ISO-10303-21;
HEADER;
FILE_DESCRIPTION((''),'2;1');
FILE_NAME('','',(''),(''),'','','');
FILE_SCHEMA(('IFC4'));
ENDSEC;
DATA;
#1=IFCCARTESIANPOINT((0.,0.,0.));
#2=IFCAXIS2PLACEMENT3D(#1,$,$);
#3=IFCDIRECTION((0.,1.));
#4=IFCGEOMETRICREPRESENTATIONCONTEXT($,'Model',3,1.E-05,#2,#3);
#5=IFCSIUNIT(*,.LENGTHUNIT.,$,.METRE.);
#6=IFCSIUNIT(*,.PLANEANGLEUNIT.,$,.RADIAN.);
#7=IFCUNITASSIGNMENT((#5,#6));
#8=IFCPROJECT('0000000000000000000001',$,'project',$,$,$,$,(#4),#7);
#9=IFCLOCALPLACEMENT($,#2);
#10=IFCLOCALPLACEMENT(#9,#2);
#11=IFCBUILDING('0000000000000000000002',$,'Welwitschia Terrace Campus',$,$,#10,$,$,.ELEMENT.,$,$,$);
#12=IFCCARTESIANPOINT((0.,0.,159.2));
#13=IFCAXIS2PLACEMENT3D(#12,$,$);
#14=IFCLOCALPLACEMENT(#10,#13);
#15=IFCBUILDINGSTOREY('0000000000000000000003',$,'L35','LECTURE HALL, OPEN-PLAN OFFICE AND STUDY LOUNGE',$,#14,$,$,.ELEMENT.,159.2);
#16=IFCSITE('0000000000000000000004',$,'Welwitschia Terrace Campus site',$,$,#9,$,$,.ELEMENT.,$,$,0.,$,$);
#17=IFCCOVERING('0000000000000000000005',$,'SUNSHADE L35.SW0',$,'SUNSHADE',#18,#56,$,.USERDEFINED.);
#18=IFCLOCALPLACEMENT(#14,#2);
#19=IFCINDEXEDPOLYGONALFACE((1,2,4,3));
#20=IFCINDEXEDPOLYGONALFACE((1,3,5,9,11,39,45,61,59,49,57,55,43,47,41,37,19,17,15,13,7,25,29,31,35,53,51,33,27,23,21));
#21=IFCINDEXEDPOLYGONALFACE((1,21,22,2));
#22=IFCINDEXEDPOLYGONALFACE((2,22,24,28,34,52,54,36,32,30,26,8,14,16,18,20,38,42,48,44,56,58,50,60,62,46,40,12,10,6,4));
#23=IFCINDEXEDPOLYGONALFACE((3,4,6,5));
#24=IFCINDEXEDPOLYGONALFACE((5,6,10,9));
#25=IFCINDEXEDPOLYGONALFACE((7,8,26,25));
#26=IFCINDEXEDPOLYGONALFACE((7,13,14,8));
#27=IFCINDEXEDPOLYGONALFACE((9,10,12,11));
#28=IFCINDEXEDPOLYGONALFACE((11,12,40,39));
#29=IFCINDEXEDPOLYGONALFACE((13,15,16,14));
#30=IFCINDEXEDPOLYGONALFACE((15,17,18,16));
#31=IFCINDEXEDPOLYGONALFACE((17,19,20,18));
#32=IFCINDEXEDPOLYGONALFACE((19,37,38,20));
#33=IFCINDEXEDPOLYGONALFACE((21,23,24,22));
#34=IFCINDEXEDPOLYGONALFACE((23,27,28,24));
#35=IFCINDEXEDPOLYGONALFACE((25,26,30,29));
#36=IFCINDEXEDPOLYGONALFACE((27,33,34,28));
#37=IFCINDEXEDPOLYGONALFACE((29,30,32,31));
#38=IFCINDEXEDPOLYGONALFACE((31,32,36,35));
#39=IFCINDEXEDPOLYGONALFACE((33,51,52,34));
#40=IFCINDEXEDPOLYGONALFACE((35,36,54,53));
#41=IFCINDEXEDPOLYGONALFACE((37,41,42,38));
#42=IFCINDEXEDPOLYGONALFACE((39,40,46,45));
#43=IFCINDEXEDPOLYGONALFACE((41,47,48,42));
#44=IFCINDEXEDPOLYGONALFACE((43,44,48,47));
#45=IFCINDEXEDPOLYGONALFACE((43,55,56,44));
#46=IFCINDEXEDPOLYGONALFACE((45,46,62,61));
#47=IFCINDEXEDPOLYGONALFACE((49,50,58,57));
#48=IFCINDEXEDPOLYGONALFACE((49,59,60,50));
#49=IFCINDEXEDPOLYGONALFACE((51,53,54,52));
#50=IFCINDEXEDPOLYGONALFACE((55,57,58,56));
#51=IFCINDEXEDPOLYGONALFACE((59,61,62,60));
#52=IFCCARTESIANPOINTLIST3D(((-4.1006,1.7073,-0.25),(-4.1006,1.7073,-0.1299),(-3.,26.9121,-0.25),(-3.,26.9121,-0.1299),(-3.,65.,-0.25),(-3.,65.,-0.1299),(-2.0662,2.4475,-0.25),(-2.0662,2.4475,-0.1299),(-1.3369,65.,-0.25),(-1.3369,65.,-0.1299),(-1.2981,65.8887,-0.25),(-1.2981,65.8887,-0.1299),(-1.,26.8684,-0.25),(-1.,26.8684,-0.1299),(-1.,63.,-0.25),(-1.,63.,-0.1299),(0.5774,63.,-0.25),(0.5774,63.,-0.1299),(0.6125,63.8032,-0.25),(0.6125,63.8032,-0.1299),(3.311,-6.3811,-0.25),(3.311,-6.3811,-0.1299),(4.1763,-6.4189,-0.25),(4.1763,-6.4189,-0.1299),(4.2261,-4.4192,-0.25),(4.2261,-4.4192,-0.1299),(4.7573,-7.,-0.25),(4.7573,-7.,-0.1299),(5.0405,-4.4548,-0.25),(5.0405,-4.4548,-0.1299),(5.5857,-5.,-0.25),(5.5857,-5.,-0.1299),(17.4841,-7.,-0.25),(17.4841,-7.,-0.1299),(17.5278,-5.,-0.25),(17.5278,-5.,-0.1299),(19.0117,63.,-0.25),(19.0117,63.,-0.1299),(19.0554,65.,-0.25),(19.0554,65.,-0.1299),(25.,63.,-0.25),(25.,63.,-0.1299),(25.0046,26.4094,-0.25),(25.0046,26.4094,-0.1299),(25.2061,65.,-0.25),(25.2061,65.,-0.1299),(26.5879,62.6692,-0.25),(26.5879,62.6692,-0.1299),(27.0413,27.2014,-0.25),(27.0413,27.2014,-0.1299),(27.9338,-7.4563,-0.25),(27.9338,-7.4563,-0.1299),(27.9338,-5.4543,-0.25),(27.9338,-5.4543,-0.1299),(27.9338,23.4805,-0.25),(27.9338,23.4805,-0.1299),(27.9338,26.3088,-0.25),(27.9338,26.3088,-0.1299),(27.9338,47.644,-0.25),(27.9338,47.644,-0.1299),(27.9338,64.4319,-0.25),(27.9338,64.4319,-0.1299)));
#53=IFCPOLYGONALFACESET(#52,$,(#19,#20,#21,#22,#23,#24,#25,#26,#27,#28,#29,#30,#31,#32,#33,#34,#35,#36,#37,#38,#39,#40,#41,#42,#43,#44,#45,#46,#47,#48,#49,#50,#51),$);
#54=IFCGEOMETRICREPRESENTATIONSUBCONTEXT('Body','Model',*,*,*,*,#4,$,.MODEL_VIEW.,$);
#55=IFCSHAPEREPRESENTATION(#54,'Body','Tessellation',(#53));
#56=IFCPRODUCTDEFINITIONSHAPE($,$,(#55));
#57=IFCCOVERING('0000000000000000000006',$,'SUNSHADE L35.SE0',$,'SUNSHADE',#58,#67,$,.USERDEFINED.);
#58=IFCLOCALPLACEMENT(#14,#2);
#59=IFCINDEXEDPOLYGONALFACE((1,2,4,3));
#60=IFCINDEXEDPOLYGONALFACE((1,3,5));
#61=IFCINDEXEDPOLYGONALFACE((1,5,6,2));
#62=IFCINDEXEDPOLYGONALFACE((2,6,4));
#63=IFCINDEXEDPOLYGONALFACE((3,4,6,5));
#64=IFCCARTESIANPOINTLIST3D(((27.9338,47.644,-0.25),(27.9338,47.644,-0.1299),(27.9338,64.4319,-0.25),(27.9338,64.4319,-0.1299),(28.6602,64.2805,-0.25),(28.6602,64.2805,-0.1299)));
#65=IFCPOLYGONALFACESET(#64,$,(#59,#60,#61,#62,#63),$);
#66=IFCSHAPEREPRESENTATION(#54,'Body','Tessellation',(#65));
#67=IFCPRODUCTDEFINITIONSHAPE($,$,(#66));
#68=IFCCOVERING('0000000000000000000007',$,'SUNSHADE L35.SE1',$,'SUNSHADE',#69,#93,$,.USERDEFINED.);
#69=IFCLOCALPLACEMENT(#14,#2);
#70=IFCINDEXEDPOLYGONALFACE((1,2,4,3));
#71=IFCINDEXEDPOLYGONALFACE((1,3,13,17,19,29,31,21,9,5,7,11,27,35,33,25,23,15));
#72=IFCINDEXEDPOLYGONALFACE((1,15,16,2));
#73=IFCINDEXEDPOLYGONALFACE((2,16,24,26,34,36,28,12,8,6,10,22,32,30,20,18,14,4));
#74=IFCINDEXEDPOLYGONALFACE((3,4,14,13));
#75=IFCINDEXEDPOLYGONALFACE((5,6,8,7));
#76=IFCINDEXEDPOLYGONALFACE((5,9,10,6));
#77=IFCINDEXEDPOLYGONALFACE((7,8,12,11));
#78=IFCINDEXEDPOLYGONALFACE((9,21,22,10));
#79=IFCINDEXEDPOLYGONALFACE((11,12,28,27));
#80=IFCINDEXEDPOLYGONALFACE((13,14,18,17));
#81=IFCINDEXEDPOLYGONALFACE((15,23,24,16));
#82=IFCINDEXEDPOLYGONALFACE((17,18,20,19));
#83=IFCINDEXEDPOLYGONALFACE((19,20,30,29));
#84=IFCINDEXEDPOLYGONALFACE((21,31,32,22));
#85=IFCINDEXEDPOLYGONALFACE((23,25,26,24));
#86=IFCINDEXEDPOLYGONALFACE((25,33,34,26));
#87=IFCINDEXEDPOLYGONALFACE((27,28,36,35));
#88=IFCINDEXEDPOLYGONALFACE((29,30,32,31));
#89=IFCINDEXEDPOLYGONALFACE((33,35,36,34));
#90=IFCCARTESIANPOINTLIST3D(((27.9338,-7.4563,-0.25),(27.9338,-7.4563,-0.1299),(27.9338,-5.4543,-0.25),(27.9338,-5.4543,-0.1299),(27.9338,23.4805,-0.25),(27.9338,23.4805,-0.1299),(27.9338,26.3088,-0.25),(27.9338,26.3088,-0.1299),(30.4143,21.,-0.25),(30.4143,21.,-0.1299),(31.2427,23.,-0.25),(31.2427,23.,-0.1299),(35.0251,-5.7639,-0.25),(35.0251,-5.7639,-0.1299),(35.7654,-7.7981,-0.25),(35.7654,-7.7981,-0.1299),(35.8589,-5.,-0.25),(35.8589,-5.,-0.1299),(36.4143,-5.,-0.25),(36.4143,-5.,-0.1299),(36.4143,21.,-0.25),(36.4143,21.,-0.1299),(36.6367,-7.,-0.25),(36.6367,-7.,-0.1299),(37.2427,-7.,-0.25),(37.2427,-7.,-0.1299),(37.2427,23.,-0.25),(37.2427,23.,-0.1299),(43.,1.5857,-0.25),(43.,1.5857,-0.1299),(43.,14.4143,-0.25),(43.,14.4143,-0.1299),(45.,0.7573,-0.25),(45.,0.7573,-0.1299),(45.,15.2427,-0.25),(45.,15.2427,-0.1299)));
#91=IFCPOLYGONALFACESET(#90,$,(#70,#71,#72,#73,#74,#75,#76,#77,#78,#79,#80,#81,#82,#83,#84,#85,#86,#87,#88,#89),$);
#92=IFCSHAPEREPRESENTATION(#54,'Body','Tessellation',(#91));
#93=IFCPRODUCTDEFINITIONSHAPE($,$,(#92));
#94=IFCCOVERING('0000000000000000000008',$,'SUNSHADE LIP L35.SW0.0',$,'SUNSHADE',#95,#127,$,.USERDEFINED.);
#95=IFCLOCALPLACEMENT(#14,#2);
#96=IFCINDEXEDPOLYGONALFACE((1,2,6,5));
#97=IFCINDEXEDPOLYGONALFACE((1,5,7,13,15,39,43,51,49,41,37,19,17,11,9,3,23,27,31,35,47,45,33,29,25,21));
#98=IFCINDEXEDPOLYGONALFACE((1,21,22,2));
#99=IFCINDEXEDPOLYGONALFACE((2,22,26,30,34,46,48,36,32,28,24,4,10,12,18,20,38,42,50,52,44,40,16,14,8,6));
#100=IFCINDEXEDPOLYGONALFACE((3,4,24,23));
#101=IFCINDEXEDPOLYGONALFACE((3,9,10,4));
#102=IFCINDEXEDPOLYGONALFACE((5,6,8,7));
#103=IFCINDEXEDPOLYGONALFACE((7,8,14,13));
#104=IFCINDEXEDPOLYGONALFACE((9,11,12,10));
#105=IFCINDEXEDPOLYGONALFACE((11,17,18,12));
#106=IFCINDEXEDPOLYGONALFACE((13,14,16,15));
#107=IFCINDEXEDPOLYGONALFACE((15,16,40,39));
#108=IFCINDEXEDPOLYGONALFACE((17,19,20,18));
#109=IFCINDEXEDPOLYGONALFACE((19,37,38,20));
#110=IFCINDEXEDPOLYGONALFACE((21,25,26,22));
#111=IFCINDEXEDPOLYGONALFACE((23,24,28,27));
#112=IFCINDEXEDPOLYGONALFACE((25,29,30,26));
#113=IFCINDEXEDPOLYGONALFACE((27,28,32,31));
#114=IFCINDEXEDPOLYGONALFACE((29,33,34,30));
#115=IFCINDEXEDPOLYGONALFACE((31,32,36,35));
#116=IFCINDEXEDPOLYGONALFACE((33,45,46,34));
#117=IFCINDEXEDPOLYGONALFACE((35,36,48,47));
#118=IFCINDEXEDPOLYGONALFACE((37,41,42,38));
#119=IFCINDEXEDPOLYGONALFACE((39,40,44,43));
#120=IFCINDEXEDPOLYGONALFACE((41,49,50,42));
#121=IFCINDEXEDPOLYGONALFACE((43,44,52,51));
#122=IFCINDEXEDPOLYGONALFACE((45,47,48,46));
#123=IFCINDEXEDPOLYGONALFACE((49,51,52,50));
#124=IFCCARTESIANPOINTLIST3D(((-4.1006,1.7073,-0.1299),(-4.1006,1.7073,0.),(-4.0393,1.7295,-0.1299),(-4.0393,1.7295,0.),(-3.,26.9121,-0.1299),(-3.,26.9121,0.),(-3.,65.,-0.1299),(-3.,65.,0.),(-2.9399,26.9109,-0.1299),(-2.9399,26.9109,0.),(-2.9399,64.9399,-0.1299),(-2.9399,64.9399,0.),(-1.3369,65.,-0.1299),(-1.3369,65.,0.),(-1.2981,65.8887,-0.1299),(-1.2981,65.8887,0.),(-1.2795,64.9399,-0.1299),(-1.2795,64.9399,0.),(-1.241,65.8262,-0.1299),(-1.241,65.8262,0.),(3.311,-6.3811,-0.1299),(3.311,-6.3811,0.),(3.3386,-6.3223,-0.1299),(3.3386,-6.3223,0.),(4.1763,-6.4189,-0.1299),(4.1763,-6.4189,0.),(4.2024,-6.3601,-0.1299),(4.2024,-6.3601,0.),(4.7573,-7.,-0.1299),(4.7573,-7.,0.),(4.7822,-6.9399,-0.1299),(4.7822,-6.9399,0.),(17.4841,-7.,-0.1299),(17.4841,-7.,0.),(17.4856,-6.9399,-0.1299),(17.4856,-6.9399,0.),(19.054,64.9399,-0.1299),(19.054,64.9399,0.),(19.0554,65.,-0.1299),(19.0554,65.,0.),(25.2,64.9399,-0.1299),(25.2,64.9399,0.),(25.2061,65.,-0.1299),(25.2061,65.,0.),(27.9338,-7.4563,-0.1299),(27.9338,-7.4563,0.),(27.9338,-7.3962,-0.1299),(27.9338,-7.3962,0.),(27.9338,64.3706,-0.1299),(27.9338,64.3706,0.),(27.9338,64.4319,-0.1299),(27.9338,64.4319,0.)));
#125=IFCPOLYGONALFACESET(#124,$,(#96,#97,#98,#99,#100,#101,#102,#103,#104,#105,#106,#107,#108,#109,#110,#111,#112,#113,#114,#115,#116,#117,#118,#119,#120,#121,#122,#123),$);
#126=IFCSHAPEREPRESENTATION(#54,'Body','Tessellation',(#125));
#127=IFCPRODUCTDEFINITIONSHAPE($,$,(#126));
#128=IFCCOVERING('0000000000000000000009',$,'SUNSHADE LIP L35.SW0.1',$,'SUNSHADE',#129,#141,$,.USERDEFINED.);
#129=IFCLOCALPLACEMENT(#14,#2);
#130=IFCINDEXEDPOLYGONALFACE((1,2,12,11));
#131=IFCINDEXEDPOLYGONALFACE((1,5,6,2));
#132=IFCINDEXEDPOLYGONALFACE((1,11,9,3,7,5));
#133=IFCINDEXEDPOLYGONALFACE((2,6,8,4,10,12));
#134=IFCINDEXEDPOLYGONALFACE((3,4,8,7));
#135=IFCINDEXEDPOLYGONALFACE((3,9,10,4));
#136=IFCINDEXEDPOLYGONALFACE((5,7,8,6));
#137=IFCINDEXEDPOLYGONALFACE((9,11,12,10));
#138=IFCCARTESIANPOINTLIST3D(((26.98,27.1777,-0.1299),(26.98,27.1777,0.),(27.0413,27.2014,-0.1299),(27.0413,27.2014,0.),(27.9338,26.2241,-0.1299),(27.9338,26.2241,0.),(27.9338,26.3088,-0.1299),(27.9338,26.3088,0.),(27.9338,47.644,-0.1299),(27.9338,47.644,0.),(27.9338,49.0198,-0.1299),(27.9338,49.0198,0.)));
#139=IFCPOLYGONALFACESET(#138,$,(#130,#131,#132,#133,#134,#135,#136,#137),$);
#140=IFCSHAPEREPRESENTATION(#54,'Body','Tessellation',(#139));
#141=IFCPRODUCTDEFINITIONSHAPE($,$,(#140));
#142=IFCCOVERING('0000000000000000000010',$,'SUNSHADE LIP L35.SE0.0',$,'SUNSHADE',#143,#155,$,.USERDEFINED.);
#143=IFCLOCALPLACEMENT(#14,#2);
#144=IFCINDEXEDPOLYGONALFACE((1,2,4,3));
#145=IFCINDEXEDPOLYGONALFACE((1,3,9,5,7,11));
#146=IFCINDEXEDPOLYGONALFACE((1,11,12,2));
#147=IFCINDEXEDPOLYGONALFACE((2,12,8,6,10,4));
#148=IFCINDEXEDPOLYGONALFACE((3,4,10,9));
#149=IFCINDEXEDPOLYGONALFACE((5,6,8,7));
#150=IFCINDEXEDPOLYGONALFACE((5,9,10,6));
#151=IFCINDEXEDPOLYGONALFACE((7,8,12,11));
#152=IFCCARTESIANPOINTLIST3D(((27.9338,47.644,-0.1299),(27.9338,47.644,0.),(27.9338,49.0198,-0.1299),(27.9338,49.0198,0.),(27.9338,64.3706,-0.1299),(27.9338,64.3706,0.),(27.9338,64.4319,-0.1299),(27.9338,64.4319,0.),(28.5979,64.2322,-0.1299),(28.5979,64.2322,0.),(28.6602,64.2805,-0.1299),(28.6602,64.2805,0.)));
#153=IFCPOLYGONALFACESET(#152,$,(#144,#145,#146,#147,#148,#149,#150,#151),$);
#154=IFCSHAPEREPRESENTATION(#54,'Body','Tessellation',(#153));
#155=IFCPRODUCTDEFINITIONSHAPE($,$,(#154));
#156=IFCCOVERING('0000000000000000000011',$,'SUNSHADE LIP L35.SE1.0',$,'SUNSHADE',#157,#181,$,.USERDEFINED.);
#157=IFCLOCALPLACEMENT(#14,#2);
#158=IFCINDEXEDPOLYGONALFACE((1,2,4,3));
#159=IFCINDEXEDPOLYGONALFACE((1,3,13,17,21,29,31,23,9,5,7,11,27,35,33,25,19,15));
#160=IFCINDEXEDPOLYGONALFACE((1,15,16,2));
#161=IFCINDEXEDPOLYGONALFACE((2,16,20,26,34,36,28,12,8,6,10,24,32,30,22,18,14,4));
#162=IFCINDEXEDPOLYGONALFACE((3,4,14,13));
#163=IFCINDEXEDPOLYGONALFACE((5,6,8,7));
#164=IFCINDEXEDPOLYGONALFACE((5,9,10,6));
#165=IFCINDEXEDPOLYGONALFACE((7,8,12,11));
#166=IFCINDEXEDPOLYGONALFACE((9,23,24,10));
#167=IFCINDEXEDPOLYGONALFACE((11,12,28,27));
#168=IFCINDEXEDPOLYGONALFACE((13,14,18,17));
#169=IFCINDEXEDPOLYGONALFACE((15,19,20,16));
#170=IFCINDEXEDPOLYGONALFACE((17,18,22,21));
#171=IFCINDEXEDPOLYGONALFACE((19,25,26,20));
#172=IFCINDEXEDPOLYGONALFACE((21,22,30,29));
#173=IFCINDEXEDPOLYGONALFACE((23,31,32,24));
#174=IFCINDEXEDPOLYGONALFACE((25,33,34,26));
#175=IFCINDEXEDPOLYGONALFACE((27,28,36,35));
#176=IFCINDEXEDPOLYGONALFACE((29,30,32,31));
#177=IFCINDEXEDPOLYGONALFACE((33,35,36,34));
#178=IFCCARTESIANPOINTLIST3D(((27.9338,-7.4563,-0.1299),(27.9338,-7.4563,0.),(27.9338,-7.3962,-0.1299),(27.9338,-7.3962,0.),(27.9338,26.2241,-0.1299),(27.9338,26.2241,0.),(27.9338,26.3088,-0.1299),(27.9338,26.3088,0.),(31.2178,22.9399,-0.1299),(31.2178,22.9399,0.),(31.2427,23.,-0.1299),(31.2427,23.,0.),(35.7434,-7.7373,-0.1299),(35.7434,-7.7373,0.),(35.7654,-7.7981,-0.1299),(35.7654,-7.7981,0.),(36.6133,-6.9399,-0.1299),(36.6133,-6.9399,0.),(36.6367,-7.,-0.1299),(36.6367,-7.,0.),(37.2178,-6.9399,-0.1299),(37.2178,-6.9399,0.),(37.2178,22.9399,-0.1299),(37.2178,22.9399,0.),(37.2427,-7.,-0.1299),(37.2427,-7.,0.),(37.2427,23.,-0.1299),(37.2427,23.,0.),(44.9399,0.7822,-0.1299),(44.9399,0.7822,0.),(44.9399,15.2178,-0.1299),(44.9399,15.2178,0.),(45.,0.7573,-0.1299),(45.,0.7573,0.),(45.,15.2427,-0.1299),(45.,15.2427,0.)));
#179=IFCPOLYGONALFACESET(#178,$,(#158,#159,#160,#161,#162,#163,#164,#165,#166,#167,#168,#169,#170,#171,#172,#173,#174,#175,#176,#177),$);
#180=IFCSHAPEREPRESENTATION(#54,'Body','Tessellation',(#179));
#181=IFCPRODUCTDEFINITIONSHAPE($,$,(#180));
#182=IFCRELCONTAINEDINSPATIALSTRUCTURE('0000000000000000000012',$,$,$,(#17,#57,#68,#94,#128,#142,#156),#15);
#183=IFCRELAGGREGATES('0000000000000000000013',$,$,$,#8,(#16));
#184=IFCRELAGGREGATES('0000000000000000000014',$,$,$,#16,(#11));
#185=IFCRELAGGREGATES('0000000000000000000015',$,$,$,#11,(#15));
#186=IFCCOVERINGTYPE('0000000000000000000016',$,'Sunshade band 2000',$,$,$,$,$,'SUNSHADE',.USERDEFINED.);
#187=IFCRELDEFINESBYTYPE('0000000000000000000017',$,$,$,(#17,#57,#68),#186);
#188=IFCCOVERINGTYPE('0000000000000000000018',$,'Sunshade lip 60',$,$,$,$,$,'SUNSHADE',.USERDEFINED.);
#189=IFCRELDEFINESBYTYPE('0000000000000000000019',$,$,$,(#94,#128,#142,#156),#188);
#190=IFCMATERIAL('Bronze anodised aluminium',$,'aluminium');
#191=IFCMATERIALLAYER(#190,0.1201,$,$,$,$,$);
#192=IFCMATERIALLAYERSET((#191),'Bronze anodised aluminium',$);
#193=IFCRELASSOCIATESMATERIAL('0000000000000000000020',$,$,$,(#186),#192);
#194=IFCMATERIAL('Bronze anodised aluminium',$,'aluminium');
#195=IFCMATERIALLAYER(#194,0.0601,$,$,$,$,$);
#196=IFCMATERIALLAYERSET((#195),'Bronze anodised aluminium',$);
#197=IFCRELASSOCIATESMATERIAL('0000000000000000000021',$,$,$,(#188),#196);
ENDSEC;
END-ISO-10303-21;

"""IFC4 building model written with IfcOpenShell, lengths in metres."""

from ifc_helpers import new_model, si_unit, direction, frame, origin, place, context, subcontext, project, spatial, polyline, outline, extrude, material, layer, layer_set, type_object, element, save


model = new_model("IFC4")

# Units and contexts
model_context = context("Model", 3, precision=1e-05, world=origin(), true_north=direction((0.0, 1.0)))
body_context = subcontext(model_context, "Body", "Model", "MODEL_VIEW")
ifc_project = project(units=[si_unit("LENGTHUNIT", "METRE"), si_unit("PLANEANGLEUNIT", "RADIAN")], contexts=[model_context])

# Site, building, storey
site_placement = place(None, origin())
site = spatial("IfcSite", under=ifc_project, at=site_placement, Name="Welwitschia Terrace Campus site", CompositionType="ELEMENT", RefElevation=0.0)
building_placement = place(site_placement, origin())
building = spatial("IfcBuilding", under=site, at=building_placement, Name="Welwitschia Terrace Campus", CompositionType="ELEMENT")
storey_placement = place(building_placement, frame((0.0, 0.0, 159.2)))
storey = spatial("IfcBuildingStorey", under=building, at=storey_placement, Name="L35", Description="LECTURE HALL, OPEN-PLAN OFFICE AND STUDY LOUNGE", CompositionType="ELEMENT", Elevation=159.2)

# Coverings
ifc_material_1 = material(Name="Bronze anodised aluminium", Category="aluminium")
ifc_layer_1 = layer(ifc_material_1, 0.1201)
ifc_layer_set_1 = layer_set([ifc_layer_1], Name="Bronze anodised aluminium")
covering_type_1 = type_object("IfcCoveringType", Name="Sunshade band 2000", ElementType="SUNSHADE", PredefinedType="USERDEFINED", material=ifc_layer_set_1)
covering_1_placement = place(storey_placement, frame((0.0, 0.0, -0.25)))
element("IfcCovering", 1, at=covering_1_placement, inside=storey, type_object=covering_type_1, Name="SUNSHADE L35.SW0", ObjectType="SUNSHADE", PredefinedType="USERDEFINED", context=body_context, shape_type="SweptSolid", body=[
    extrude(outline(polyline([(-1.2981, 65.8887), (19.0554, 65.0), (25.2061, 65.0), (27.9338, 64.4319), (27.9338, 47.644), (27.0413, 27.2014), (27.9338, 26.3088), (27.9338, 23.4805), (25.0046, 26.4094), (26.5879, 62.6692), (25.0, 63.0), (19.0117, 63.0), (0.6125, 63.8032), (0.5774, 63.0), (-1.0, 63.0), (-1.0, 26.8684), (-2.0662, 2.4475), (4.2261, -4.4192), (5.0405, -4.4548), (5.5857, -5.0), (17.5278, -5.0), (27.9338, -5.4543), (27.9338, -7.4563), (17.4841, -7.0), (4.7573, -7.0), (4.1763, -6.4189), (3.311, -6.3811), (-4.1006, 1.7073), (-3.0, 26.9121), (-3.0, 65.0), (-1.3369, 65.0), (-1.2981, 65.8887)])), origin(), (0.0, 0.0, 1.0), 0.1201),
])
covering_2_placement = place(storey_placement, frame((0.0, 0.0, -0.25)))
element("IfcCovering", 2, at=covering_2_placement, inside=storey, type_object=covering_type_1, Name="SUNSHADE L35.SE0", ObjectType="SUNSHADE", PredefinedType="USERDEFINED", context=body_context, shape_type="SweptSolid", body=[
    extrude(outline(polyline([(28.6602, 64.2805), (27.9338, 47.644), (27.9338, 64.4319), (28.6602, 64.2805)])), origin(), (0.0, 0.0, 1.0), 0.1201),
])
covering_3_placement = place(storey_placement, frame((0.0, 0.0, -0.25)))
element("IfcCovering", 3, at=covering_3_placement, inside=storey, type_object=covering_type_1, Name="SUNSHADE L35.SE1", ObjectType="SUNSHADE", PredefinedType="USERDEFINED", context=body_context, shape_type="SweptSolid", body=[
    extrude(outline(polyline([(31.2427, 23.0), (37.2427, 23.0), (45.0, 15.2427), (45.0, 0.7573), (37.2427, -7.0), (36.6367, -7.0), (35.7654, -7.7981), (27.9338, -7.4563), (27.9338, -5.4543), (35.0251, -5.7639), (35.8589, -5.0), (36.4143, -5.0), (43.0, 1.5857), (43.0, 14.4143), (36.4143, 21.0), (30.4143, 21.0), (27.9338, 23.4805), (27.9338, 26.3088), (31.2427, 23.0)])), origin(), (0.0, 0.0, 1.0), 0.1201),
])
ifc_material_2 = material(Name="Bronze anodised aluminium", Category="aluminium")
ifc_layer_2 = layer(ifc_material_2, 0.0601)
ifc_layer_set_2 = layer_set([ifc_layer_2], Name="Bronze anodised aluminium")
covering_type_2 = type_object("IfcCoveringType", Name="Sunshade lip 60", ElementType="SUNSHADE", PredefinedType="USERDEFINED", material=ifc_layer_set_2)
covering_4_placement = place(storey_placement, frame((0.0, 0.0, -0.1299)))
element("IfcCovering", 4, at=covering_4_placement, inside=storey, type_object=covering_type_2, Name="SUNSHADE LIP L35.SW0.0", ObjectType="SUNSHADE", PredefinedType="USERDEFINED", context=body_context, shape_type="SweptSolid", body=[
    extrude(outline(polyline([(19.0554, 65.0), (25.2061, 65.0), (27.9338, 64.4319), (27.9338, 64.3706), (25.2, 64.9399), (19.054, 64.9399), (-1.241, 65.8262), (-1.2795, 64.9399), (-2.9399, 64.9399), (-2.9399, 26.9109), (-4.0393, 1.7295), (3.3386, -6.3223), (4.2024, -6.3601), (4.7822, -6.9399), (17.4856, -6.9399), (27.9338, -7.3962), (27.9338, -7.4563), (17.4841, -7.0), (4.7573, -7.0), (4.1763, -6.4189), (3.311, -6.3811), (-4.1006, 1.7073), (-3.0, 26.9121), (-3.0, 65.0), (-1.3369, 65.0), (-1.2981, 65.8887), (19.0554, 65.0)])), origin(), (0.0, 0.0, 1.0), 0.1299),
])
covering_5_placement = place(storey_placement, frame((0.0, 0.0, -0.1299)))
element("IfcCovering", 5, at=covering_5_placement, inside=storey, type_object=covering_type_2, Name="SUNSHADE LIP L35.SW0.1", ObjectType="SUNSHADE", PredefinedType="USERDEFINED", context=body_context, shape_type="SweptSolid", body=[
    extrude(outline(polyline([(27.9338, 47.644), (27.0413, 27.2014), (27.9338, 26.3088), (27.9338, 26.2241), (26.98, 27.1777), (27.9338, 49.0198), (27.9338, 47.644)])), origin(), (0.0, 0.0, 1.0), 0.1299),
])
covering_6_placement = place(storey_placement, frame((0.0, 0.0, -0.1299)))
element("IfcCovering", 6, at=covering_6_placement, inside=storey, type_object=covering_type_2, Name="SUNSHADE LIP L35.SE0.0", ObjectType="SUNSHADE", PredefinedType="USERDEFINED", context=body_context, shape_type="SweptSolid", body=[
    extrude(outline(polyline([(27.9338, 47.644), (27.9338, 49.0198), (28.5979, 64.2322), (27.9338, 64.3706), (27.9338, 64.4319), (28.6602, 64.2805), (27.9338, 47.644)])), origin(), (0.0, 0.0, 1.0), 0.1299),
])
covering_7_placement = place(storey_placement, frame((0.0, 0.0, -0.1299)))
element("IfcCovering", 7, at=covering_7_placement, inside=storey, type_object=covering_type_2, Name="SUNSHADE LIP L35.SE1.0", ObjectType="SUNSHADE", PredefinedType="USERDEFINED", context=body_context, shape_type="SweptSolid", body=[
    extrude(outline(polyline([(37.2427, 23.0), (45.0, 15.2427), (45.0, 0.7573), (37.2427, -7.0), (36.6367, -7.0), (35.7654, -7.7981), (27.9338, -7.4563), (27.9338, -7.3962), (35.7434, -7.7373), (36.6133, -6.9399), (37.2178, -6.9399), (44.9399, 0.7822), (44.9399, 15.2178), (37.2178, 22.9399), (31.2178, 22.9399), (27.9338, 26.2241), (27.9338, 26.3088), (31.2427, 23.0), (37.2427, 23.0)])), origin(), (0.0, 0.0, 1.0), 0.1299),
])

save(model, "model.ifc")
